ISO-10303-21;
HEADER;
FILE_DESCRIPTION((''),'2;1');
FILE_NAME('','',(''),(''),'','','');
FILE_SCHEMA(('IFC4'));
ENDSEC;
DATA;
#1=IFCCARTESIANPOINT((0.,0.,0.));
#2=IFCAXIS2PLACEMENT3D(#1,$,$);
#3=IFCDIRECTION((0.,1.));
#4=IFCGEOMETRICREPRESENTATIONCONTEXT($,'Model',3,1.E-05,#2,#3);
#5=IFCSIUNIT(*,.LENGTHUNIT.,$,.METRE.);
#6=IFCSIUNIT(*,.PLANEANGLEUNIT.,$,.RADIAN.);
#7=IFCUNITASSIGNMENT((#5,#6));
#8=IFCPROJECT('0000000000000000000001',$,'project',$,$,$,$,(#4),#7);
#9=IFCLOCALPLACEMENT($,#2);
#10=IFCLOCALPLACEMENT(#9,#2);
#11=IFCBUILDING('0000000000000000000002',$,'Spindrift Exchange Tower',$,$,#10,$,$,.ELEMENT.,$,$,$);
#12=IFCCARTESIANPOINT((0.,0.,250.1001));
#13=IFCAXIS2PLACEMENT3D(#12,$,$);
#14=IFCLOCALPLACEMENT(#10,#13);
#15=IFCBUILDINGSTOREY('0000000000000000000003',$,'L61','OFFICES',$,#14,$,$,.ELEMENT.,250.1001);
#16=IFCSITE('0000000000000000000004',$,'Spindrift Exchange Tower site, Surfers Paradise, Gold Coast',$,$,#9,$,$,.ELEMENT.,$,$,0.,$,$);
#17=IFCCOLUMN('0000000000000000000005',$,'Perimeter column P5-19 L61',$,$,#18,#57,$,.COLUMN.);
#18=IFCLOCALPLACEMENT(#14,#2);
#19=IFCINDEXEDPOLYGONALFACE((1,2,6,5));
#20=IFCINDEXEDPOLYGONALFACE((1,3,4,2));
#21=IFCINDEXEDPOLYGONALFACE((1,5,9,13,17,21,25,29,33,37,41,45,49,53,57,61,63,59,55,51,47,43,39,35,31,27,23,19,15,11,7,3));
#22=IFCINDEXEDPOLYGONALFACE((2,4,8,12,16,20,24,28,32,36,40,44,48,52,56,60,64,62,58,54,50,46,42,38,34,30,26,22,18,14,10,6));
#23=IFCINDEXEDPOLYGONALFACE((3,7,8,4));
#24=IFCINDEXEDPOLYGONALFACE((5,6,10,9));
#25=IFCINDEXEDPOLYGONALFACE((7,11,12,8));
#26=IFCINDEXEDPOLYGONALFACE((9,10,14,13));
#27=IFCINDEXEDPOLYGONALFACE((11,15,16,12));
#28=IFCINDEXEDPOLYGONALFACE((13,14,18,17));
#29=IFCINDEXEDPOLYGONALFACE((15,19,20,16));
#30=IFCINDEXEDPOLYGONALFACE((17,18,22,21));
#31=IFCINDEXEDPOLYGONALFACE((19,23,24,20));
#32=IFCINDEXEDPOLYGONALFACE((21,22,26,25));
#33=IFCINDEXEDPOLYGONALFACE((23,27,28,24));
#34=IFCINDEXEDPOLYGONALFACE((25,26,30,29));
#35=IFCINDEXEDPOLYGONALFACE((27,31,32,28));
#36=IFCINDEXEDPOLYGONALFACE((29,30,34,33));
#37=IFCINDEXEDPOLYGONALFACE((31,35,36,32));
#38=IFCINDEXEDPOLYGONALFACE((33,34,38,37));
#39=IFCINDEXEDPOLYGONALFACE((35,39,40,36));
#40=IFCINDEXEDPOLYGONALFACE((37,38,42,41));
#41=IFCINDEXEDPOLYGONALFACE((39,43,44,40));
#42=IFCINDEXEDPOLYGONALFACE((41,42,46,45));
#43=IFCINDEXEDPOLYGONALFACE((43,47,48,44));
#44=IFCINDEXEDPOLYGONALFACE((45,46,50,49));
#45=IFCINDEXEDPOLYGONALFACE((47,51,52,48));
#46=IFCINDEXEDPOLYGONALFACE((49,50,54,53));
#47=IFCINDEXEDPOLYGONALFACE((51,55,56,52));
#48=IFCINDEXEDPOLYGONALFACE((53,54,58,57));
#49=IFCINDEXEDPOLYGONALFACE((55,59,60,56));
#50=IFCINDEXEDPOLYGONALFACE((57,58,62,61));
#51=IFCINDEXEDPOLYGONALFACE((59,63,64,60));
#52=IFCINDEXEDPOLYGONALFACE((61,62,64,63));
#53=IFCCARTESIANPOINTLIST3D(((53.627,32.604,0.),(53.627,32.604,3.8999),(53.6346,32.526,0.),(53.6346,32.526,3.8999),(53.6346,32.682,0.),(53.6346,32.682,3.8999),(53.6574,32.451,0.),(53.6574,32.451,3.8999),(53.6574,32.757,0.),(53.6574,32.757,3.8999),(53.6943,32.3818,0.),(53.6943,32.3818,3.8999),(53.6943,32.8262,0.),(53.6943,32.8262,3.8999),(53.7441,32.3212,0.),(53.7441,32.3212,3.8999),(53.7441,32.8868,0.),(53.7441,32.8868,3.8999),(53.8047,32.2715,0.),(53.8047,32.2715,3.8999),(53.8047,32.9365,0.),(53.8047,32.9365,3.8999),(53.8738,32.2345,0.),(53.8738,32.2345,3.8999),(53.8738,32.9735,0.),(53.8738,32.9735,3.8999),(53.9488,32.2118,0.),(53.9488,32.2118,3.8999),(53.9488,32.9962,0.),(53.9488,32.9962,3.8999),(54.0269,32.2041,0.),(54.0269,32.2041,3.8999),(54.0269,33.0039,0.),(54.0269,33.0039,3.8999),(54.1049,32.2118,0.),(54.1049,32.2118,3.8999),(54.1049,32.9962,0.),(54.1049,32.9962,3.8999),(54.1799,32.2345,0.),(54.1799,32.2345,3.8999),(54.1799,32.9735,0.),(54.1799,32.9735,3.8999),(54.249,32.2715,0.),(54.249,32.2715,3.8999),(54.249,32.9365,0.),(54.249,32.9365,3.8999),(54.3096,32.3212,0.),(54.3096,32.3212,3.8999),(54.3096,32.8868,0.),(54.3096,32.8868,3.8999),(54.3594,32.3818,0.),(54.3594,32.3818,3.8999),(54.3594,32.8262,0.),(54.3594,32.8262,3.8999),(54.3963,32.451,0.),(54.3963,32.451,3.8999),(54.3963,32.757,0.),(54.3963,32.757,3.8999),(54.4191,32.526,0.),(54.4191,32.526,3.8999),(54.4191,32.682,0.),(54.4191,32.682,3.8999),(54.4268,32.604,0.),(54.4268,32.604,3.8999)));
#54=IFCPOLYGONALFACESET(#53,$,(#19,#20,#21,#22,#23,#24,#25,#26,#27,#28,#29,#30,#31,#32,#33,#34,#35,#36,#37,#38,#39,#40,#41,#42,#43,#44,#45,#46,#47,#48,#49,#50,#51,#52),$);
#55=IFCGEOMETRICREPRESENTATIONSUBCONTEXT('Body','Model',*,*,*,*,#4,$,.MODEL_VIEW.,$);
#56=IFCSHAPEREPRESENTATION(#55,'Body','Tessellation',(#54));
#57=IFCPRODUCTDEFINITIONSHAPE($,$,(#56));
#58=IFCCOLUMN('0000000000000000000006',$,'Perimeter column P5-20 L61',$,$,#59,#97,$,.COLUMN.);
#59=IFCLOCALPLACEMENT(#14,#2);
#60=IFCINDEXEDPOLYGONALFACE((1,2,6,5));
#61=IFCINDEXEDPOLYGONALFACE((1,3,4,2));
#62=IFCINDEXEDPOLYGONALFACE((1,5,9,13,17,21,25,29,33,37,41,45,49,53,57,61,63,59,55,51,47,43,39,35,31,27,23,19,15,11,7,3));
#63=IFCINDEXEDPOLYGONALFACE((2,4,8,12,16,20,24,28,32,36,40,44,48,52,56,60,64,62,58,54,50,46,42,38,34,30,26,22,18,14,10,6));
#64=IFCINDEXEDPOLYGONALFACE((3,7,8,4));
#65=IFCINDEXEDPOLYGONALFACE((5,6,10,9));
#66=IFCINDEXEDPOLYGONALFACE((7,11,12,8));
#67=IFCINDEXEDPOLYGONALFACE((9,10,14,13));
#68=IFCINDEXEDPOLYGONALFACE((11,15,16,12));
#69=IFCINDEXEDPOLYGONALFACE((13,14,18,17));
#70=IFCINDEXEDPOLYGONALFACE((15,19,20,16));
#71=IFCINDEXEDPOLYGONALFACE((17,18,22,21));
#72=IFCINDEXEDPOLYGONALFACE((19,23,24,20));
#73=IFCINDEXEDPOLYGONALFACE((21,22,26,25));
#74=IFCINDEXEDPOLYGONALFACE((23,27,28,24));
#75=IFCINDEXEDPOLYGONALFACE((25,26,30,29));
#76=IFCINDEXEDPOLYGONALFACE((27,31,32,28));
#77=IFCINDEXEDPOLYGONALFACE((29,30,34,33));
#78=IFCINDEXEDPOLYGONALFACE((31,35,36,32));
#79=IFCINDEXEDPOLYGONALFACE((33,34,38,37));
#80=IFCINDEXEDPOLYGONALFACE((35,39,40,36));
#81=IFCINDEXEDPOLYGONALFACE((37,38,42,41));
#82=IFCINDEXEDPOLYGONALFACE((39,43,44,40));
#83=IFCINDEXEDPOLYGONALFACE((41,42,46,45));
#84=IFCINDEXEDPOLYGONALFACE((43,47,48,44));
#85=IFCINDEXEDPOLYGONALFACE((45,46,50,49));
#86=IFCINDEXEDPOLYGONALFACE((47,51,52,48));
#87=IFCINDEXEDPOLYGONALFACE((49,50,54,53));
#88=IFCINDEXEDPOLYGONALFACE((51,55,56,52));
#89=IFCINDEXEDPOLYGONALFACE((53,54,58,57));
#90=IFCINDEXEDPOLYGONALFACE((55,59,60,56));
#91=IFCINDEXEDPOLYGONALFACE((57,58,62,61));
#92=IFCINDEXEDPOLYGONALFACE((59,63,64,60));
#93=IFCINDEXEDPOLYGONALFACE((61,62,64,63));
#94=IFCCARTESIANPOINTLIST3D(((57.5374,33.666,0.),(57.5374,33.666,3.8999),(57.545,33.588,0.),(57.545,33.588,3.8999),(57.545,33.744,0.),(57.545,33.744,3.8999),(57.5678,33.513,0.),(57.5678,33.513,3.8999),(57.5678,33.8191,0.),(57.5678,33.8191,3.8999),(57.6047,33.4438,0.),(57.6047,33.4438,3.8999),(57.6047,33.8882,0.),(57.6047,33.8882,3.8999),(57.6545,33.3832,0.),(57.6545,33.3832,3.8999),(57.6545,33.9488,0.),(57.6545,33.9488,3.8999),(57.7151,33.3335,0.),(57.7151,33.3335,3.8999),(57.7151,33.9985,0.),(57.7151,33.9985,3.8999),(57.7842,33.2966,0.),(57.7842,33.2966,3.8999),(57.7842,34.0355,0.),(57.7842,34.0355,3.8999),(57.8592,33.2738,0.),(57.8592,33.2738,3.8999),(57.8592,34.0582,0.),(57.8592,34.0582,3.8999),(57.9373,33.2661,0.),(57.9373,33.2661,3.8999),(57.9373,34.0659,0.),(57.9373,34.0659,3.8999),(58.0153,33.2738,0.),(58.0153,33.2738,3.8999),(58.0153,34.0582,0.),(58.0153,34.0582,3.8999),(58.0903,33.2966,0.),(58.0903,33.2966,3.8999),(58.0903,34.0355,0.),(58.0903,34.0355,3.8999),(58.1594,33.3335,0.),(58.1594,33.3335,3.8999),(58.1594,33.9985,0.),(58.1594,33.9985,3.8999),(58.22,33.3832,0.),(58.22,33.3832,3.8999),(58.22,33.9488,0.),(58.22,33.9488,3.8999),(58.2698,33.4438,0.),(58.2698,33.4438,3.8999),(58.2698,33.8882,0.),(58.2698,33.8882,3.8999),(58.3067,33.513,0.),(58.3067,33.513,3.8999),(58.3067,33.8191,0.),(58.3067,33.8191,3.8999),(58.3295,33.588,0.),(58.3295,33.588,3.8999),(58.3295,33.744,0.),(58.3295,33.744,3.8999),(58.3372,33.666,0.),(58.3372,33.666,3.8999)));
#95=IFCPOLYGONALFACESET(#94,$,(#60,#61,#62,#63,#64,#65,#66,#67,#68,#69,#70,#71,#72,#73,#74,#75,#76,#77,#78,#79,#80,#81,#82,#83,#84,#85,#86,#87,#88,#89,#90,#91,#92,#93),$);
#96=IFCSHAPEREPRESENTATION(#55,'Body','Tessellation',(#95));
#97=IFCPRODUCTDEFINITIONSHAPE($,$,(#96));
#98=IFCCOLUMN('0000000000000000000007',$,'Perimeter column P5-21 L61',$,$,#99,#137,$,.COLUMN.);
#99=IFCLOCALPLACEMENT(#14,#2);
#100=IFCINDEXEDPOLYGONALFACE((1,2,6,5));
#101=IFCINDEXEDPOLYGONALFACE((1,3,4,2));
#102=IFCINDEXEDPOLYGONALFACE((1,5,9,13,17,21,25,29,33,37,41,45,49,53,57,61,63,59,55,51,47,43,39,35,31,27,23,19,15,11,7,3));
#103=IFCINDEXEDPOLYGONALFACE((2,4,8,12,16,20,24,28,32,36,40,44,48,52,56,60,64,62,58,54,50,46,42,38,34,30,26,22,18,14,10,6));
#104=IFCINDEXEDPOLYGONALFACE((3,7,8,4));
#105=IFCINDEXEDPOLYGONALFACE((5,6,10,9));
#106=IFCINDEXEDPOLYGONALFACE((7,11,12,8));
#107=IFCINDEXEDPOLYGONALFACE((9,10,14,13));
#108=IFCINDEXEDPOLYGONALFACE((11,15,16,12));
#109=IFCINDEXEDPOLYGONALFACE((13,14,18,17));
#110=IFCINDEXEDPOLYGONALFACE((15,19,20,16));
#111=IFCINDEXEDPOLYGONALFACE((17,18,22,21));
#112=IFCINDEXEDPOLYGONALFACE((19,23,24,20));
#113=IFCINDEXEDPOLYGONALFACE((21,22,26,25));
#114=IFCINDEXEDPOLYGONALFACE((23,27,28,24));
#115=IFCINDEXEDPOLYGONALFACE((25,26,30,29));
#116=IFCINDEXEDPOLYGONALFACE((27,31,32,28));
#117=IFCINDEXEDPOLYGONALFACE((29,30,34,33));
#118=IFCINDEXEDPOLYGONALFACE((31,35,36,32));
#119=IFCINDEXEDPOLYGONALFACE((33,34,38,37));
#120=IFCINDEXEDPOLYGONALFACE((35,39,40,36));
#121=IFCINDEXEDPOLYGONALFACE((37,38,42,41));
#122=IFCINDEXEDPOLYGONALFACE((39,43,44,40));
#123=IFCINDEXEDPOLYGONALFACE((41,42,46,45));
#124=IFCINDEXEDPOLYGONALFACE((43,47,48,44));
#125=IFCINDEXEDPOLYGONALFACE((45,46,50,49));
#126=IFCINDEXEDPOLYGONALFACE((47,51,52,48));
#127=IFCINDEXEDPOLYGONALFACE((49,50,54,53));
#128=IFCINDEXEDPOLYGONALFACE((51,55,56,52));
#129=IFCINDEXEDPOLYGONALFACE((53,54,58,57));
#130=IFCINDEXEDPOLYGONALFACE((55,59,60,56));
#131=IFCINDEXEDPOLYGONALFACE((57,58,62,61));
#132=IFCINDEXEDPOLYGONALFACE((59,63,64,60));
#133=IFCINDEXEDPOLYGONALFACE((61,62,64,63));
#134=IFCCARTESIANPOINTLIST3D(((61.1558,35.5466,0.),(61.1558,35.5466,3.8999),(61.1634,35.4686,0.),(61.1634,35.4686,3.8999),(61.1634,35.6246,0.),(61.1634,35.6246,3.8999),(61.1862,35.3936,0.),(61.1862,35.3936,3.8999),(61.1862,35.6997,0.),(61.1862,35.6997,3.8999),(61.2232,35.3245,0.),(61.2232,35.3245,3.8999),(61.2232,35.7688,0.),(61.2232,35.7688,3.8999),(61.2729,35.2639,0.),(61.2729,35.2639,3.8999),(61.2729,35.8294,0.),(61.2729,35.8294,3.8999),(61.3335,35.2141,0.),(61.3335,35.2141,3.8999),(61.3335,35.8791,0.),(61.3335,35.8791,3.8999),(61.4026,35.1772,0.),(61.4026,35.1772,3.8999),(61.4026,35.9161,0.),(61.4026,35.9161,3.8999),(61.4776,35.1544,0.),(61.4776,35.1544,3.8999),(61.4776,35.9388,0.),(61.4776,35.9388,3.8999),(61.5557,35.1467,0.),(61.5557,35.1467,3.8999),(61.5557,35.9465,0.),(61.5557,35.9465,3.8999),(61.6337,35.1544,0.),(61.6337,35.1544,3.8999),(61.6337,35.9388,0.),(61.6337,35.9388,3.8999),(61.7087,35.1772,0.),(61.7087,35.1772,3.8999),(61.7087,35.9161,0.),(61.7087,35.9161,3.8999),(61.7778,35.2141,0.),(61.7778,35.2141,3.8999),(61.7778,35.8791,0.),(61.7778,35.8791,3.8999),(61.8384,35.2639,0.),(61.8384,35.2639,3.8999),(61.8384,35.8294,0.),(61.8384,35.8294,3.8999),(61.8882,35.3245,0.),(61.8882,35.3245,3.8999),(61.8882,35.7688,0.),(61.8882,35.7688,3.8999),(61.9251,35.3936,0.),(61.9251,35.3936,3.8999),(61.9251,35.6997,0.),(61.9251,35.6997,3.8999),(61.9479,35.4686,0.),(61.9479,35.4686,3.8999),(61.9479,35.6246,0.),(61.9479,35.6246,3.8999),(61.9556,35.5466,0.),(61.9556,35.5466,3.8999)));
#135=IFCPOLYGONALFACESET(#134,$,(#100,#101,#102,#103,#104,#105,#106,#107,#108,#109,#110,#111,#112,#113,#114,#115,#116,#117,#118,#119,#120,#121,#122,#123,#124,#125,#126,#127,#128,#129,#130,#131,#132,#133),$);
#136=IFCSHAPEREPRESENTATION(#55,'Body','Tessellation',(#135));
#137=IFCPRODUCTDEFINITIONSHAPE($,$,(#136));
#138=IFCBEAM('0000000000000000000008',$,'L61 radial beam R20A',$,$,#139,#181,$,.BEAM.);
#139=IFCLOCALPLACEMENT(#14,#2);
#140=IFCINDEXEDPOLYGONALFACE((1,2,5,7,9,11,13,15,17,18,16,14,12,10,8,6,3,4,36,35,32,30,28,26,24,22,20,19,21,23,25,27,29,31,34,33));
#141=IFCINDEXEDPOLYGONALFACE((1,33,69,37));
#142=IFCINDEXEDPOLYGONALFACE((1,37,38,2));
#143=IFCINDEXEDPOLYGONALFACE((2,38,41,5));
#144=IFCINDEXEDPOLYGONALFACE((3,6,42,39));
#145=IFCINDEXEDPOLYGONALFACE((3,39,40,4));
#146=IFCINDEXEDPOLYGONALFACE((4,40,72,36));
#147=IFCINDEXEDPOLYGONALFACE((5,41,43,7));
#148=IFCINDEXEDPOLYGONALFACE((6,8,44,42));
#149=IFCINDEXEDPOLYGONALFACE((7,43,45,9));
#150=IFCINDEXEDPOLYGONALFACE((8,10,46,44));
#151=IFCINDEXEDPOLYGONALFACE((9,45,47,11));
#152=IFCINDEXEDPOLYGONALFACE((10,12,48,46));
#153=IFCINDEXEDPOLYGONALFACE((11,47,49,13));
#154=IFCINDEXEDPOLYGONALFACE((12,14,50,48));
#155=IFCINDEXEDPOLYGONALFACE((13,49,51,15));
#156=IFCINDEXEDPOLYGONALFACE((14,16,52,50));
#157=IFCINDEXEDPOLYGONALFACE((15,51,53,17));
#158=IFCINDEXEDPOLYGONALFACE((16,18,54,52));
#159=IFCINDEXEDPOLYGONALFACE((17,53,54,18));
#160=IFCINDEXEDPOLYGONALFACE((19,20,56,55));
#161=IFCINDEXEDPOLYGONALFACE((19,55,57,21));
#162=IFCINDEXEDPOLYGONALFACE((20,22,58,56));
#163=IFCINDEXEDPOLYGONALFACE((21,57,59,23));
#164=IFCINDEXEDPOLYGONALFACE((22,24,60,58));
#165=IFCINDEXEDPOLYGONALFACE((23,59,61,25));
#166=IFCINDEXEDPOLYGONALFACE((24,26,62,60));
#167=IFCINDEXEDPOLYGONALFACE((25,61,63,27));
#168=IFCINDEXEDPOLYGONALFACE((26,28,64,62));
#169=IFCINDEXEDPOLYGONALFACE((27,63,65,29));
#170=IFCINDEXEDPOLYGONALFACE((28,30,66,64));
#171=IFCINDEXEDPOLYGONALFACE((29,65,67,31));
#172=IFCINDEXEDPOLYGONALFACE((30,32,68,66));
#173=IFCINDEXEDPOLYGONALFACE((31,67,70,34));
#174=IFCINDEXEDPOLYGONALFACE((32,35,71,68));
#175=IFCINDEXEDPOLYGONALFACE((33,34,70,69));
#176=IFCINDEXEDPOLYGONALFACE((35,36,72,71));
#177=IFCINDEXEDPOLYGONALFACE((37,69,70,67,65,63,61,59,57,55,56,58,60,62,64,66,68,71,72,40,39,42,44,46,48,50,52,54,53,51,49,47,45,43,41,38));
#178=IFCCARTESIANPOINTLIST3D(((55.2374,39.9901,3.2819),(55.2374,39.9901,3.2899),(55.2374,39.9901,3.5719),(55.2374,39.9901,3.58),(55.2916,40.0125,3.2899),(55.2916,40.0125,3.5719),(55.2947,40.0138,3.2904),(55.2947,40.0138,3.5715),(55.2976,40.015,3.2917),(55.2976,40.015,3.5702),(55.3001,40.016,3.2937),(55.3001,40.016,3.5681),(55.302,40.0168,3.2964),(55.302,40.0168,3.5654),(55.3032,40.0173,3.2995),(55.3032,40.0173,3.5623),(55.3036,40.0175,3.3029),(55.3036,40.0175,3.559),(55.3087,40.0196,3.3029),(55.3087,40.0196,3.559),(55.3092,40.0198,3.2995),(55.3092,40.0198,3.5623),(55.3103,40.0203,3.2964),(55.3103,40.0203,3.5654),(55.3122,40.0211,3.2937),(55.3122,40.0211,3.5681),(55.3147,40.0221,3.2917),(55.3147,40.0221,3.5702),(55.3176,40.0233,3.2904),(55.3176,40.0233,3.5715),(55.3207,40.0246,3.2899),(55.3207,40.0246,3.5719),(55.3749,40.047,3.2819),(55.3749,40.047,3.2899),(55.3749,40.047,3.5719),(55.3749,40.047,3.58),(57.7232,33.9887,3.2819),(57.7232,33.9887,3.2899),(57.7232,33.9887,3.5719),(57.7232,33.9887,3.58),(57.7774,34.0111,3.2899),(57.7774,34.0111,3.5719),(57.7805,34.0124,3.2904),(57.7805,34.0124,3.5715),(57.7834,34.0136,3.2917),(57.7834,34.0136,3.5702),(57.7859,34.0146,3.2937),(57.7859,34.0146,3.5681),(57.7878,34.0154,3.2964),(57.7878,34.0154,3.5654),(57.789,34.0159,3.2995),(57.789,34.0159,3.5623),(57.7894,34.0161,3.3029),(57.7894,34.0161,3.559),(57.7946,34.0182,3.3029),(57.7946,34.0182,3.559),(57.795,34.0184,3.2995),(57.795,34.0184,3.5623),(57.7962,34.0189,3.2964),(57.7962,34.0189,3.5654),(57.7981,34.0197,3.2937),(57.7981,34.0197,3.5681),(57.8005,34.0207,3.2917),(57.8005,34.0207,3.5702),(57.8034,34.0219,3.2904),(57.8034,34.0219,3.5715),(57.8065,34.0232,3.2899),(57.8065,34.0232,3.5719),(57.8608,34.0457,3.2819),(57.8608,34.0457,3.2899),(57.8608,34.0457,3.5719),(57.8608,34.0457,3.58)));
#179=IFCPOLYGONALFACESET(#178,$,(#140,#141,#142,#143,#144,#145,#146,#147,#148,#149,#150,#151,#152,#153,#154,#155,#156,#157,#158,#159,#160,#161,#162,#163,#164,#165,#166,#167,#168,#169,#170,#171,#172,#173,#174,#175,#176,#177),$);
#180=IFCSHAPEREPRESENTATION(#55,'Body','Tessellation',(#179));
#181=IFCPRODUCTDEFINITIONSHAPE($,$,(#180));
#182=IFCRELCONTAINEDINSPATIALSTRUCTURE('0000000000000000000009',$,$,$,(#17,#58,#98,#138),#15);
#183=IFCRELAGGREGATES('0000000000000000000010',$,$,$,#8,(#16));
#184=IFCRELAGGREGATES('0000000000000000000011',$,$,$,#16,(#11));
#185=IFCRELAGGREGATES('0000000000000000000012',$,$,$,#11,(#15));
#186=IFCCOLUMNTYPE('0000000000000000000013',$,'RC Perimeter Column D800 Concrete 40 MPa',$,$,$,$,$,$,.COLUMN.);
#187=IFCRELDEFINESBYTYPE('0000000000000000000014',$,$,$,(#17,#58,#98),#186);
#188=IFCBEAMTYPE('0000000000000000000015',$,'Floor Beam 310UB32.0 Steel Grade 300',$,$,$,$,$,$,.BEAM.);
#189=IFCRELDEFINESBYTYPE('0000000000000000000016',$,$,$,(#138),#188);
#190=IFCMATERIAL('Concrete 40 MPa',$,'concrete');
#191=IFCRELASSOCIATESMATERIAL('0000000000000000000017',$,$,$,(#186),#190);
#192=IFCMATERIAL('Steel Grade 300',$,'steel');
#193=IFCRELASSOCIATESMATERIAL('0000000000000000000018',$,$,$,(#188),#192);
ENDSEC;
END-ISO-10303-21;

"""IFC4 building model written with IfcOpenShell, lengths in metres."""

from ifc_helpers import new_model, si_unit, direction, frame, origin, origin_2d, place, context, subcontext, project, spatial, circle, i_section, extrude, source, transform, mapped, material, material_profile, profile_set, type_object, element, save


model = new_model("IFC4")

# Units and contexts
model_context = context("Model", 3, precision=1e-05, world=origin(), true_north=direction((0.0, 1.0)))
body_context = subcontext(model_context, "Body", "Model", "MODEL_VIEW")
ifc_project = project(units=[si_unit("LENGTHUNIT", "METRE"), si_unit("PLANEANGLEUNIT", "RADIAN")], contexts=[model_context])

# Site, building, storey
site_placement = place(None, origin())
site = spatial("IfcSite", under=ifc_project, at=site_placement, Name="Spindrift Exchange Tower site, Surfers Paradise, Gold Coast", CompositionType="ELEMENT", RefElevation=0.0)
building_placement = place(site_placement, origin())
building = spatial("IfcBuilding", under=site, at=building_placement, Name="Spindrift Exchange Tower", CompositionType="ELEMENT")
storey_placement = place(building_placement, frame((0.0, 0.0, 250.1001)))
storey = spatial("IfcBuildingStorey", under=building, at=storey_placement, Name="L61", Description="OFFICES", CompositionType="ELEMENT", Elevation=250.1001)

# Columns
ifc_material_1 = material(Name="Concrete 40 MPa", Category="concrete")
ifc_material_profile_1 = material_profile(ifc_material_1, circle(Radius=0.3999, at=origin_2d()), Name="RC D800")
ifc_profile_set_1 = profile_set([ifc_material_profile_1], Name="Concrete 40 MPa")
column_type = type_object("IfcColumnType", Name="RC Perimeter Column D800 Concrete 40 MPa", PredefinedType="COLUMN", material=ifc_profile_set_1)
shared_shape_1 = source(origin(), body_context, "Body", "SweptSolid", [
    extrude(circle(Radius=0.3999, at=origin_2d()), origin(), (0.0, 0.0, 1.0), 3.8999),
])
for number, where, z_axis, x_axis, name in (
    (1, (54.0269, 32.604, 0.0), (0.0, 0.0, 1.0), (1.0, 0.0, 0.0), "Perimeter column P5-19 L61"),
    (2, (57.9373, 33.666, 0.0), (0.0, 0.0, 1.0), (1.0, 0.0, 0.0), "Perimeter column P5-20 L61"),
    (3, (61.5557, 35.5466, 0.0), (0.0, 0.0, 1.0), (1.0, 0.0, 0.0), "Perimeter column P5-21 L61"),
):
    element("IfcColumn", number, at=place(storey_placement, frame(where, z_axis=z_axis, x_axis=x_axis)), inside=storey, type_object=column_type, Name=name, PredefinedType="COLUMN", context=body_context, shape_type="MappedRepresentation", body=[
        mapped(shared_shape_1, transform((0.0, 0.0, 0.0), scale=1.0)),
    ])

# Beam
ifc_material_2 = material(Name="Steel Grade 300", Category="steel")
ifc_material_profile_2 = material_profile(ifc_material_2, i_section(OverallWidth=0.1489, OverallDepth=0.2981, WebThickness=0.0056, FlangeThickness=0.0081, FilletRadius=0.0129, at=origin_2d()), Name="310UB32.0")
ifc_profile_set_2 = profile_set([ifc_material_profile_2], Name="Steel Grade 300")
beam_type_1 = type_object("IfcBeamType", Name="Floor Beam 310UB32.0 Steel Grade 300", PredefinedType="BEAM", material=ifc_profile_set_2)
shared_shape_2 = source(origin(), body_context, "Body", "SweptSolid", [
    extrude(i_section(OverallWidth=0.1489, OverallDepth=0.2981, WebThickness=0.0056, FlangeThickness=0.0081, FilletRadius=0.0129, at=origin_2d()), origin(), (0.0, 0.0, 1.0), 6.4958),
])
beam_1_placement = place(storey_placement, frame((55.3062, 40.0186, 3.4309), z_axis=(0.382677, -0.923882, 0.0), x_axis=(0.923882, 0.382677, 0.0)))
element("IfcBeam", 4, at=beam_1_placement, inside=storey, type_object=beam_type_1, Name="L61 radial beam R20A", PredefinedType="BEAM", context=body_context, shape_type="MappedRepresentation", body=[
    mapped(shared_shape_2, transform((0.0, 0.0, 0.0), scale=1.0)),
])

save(model, "model.ifc")
